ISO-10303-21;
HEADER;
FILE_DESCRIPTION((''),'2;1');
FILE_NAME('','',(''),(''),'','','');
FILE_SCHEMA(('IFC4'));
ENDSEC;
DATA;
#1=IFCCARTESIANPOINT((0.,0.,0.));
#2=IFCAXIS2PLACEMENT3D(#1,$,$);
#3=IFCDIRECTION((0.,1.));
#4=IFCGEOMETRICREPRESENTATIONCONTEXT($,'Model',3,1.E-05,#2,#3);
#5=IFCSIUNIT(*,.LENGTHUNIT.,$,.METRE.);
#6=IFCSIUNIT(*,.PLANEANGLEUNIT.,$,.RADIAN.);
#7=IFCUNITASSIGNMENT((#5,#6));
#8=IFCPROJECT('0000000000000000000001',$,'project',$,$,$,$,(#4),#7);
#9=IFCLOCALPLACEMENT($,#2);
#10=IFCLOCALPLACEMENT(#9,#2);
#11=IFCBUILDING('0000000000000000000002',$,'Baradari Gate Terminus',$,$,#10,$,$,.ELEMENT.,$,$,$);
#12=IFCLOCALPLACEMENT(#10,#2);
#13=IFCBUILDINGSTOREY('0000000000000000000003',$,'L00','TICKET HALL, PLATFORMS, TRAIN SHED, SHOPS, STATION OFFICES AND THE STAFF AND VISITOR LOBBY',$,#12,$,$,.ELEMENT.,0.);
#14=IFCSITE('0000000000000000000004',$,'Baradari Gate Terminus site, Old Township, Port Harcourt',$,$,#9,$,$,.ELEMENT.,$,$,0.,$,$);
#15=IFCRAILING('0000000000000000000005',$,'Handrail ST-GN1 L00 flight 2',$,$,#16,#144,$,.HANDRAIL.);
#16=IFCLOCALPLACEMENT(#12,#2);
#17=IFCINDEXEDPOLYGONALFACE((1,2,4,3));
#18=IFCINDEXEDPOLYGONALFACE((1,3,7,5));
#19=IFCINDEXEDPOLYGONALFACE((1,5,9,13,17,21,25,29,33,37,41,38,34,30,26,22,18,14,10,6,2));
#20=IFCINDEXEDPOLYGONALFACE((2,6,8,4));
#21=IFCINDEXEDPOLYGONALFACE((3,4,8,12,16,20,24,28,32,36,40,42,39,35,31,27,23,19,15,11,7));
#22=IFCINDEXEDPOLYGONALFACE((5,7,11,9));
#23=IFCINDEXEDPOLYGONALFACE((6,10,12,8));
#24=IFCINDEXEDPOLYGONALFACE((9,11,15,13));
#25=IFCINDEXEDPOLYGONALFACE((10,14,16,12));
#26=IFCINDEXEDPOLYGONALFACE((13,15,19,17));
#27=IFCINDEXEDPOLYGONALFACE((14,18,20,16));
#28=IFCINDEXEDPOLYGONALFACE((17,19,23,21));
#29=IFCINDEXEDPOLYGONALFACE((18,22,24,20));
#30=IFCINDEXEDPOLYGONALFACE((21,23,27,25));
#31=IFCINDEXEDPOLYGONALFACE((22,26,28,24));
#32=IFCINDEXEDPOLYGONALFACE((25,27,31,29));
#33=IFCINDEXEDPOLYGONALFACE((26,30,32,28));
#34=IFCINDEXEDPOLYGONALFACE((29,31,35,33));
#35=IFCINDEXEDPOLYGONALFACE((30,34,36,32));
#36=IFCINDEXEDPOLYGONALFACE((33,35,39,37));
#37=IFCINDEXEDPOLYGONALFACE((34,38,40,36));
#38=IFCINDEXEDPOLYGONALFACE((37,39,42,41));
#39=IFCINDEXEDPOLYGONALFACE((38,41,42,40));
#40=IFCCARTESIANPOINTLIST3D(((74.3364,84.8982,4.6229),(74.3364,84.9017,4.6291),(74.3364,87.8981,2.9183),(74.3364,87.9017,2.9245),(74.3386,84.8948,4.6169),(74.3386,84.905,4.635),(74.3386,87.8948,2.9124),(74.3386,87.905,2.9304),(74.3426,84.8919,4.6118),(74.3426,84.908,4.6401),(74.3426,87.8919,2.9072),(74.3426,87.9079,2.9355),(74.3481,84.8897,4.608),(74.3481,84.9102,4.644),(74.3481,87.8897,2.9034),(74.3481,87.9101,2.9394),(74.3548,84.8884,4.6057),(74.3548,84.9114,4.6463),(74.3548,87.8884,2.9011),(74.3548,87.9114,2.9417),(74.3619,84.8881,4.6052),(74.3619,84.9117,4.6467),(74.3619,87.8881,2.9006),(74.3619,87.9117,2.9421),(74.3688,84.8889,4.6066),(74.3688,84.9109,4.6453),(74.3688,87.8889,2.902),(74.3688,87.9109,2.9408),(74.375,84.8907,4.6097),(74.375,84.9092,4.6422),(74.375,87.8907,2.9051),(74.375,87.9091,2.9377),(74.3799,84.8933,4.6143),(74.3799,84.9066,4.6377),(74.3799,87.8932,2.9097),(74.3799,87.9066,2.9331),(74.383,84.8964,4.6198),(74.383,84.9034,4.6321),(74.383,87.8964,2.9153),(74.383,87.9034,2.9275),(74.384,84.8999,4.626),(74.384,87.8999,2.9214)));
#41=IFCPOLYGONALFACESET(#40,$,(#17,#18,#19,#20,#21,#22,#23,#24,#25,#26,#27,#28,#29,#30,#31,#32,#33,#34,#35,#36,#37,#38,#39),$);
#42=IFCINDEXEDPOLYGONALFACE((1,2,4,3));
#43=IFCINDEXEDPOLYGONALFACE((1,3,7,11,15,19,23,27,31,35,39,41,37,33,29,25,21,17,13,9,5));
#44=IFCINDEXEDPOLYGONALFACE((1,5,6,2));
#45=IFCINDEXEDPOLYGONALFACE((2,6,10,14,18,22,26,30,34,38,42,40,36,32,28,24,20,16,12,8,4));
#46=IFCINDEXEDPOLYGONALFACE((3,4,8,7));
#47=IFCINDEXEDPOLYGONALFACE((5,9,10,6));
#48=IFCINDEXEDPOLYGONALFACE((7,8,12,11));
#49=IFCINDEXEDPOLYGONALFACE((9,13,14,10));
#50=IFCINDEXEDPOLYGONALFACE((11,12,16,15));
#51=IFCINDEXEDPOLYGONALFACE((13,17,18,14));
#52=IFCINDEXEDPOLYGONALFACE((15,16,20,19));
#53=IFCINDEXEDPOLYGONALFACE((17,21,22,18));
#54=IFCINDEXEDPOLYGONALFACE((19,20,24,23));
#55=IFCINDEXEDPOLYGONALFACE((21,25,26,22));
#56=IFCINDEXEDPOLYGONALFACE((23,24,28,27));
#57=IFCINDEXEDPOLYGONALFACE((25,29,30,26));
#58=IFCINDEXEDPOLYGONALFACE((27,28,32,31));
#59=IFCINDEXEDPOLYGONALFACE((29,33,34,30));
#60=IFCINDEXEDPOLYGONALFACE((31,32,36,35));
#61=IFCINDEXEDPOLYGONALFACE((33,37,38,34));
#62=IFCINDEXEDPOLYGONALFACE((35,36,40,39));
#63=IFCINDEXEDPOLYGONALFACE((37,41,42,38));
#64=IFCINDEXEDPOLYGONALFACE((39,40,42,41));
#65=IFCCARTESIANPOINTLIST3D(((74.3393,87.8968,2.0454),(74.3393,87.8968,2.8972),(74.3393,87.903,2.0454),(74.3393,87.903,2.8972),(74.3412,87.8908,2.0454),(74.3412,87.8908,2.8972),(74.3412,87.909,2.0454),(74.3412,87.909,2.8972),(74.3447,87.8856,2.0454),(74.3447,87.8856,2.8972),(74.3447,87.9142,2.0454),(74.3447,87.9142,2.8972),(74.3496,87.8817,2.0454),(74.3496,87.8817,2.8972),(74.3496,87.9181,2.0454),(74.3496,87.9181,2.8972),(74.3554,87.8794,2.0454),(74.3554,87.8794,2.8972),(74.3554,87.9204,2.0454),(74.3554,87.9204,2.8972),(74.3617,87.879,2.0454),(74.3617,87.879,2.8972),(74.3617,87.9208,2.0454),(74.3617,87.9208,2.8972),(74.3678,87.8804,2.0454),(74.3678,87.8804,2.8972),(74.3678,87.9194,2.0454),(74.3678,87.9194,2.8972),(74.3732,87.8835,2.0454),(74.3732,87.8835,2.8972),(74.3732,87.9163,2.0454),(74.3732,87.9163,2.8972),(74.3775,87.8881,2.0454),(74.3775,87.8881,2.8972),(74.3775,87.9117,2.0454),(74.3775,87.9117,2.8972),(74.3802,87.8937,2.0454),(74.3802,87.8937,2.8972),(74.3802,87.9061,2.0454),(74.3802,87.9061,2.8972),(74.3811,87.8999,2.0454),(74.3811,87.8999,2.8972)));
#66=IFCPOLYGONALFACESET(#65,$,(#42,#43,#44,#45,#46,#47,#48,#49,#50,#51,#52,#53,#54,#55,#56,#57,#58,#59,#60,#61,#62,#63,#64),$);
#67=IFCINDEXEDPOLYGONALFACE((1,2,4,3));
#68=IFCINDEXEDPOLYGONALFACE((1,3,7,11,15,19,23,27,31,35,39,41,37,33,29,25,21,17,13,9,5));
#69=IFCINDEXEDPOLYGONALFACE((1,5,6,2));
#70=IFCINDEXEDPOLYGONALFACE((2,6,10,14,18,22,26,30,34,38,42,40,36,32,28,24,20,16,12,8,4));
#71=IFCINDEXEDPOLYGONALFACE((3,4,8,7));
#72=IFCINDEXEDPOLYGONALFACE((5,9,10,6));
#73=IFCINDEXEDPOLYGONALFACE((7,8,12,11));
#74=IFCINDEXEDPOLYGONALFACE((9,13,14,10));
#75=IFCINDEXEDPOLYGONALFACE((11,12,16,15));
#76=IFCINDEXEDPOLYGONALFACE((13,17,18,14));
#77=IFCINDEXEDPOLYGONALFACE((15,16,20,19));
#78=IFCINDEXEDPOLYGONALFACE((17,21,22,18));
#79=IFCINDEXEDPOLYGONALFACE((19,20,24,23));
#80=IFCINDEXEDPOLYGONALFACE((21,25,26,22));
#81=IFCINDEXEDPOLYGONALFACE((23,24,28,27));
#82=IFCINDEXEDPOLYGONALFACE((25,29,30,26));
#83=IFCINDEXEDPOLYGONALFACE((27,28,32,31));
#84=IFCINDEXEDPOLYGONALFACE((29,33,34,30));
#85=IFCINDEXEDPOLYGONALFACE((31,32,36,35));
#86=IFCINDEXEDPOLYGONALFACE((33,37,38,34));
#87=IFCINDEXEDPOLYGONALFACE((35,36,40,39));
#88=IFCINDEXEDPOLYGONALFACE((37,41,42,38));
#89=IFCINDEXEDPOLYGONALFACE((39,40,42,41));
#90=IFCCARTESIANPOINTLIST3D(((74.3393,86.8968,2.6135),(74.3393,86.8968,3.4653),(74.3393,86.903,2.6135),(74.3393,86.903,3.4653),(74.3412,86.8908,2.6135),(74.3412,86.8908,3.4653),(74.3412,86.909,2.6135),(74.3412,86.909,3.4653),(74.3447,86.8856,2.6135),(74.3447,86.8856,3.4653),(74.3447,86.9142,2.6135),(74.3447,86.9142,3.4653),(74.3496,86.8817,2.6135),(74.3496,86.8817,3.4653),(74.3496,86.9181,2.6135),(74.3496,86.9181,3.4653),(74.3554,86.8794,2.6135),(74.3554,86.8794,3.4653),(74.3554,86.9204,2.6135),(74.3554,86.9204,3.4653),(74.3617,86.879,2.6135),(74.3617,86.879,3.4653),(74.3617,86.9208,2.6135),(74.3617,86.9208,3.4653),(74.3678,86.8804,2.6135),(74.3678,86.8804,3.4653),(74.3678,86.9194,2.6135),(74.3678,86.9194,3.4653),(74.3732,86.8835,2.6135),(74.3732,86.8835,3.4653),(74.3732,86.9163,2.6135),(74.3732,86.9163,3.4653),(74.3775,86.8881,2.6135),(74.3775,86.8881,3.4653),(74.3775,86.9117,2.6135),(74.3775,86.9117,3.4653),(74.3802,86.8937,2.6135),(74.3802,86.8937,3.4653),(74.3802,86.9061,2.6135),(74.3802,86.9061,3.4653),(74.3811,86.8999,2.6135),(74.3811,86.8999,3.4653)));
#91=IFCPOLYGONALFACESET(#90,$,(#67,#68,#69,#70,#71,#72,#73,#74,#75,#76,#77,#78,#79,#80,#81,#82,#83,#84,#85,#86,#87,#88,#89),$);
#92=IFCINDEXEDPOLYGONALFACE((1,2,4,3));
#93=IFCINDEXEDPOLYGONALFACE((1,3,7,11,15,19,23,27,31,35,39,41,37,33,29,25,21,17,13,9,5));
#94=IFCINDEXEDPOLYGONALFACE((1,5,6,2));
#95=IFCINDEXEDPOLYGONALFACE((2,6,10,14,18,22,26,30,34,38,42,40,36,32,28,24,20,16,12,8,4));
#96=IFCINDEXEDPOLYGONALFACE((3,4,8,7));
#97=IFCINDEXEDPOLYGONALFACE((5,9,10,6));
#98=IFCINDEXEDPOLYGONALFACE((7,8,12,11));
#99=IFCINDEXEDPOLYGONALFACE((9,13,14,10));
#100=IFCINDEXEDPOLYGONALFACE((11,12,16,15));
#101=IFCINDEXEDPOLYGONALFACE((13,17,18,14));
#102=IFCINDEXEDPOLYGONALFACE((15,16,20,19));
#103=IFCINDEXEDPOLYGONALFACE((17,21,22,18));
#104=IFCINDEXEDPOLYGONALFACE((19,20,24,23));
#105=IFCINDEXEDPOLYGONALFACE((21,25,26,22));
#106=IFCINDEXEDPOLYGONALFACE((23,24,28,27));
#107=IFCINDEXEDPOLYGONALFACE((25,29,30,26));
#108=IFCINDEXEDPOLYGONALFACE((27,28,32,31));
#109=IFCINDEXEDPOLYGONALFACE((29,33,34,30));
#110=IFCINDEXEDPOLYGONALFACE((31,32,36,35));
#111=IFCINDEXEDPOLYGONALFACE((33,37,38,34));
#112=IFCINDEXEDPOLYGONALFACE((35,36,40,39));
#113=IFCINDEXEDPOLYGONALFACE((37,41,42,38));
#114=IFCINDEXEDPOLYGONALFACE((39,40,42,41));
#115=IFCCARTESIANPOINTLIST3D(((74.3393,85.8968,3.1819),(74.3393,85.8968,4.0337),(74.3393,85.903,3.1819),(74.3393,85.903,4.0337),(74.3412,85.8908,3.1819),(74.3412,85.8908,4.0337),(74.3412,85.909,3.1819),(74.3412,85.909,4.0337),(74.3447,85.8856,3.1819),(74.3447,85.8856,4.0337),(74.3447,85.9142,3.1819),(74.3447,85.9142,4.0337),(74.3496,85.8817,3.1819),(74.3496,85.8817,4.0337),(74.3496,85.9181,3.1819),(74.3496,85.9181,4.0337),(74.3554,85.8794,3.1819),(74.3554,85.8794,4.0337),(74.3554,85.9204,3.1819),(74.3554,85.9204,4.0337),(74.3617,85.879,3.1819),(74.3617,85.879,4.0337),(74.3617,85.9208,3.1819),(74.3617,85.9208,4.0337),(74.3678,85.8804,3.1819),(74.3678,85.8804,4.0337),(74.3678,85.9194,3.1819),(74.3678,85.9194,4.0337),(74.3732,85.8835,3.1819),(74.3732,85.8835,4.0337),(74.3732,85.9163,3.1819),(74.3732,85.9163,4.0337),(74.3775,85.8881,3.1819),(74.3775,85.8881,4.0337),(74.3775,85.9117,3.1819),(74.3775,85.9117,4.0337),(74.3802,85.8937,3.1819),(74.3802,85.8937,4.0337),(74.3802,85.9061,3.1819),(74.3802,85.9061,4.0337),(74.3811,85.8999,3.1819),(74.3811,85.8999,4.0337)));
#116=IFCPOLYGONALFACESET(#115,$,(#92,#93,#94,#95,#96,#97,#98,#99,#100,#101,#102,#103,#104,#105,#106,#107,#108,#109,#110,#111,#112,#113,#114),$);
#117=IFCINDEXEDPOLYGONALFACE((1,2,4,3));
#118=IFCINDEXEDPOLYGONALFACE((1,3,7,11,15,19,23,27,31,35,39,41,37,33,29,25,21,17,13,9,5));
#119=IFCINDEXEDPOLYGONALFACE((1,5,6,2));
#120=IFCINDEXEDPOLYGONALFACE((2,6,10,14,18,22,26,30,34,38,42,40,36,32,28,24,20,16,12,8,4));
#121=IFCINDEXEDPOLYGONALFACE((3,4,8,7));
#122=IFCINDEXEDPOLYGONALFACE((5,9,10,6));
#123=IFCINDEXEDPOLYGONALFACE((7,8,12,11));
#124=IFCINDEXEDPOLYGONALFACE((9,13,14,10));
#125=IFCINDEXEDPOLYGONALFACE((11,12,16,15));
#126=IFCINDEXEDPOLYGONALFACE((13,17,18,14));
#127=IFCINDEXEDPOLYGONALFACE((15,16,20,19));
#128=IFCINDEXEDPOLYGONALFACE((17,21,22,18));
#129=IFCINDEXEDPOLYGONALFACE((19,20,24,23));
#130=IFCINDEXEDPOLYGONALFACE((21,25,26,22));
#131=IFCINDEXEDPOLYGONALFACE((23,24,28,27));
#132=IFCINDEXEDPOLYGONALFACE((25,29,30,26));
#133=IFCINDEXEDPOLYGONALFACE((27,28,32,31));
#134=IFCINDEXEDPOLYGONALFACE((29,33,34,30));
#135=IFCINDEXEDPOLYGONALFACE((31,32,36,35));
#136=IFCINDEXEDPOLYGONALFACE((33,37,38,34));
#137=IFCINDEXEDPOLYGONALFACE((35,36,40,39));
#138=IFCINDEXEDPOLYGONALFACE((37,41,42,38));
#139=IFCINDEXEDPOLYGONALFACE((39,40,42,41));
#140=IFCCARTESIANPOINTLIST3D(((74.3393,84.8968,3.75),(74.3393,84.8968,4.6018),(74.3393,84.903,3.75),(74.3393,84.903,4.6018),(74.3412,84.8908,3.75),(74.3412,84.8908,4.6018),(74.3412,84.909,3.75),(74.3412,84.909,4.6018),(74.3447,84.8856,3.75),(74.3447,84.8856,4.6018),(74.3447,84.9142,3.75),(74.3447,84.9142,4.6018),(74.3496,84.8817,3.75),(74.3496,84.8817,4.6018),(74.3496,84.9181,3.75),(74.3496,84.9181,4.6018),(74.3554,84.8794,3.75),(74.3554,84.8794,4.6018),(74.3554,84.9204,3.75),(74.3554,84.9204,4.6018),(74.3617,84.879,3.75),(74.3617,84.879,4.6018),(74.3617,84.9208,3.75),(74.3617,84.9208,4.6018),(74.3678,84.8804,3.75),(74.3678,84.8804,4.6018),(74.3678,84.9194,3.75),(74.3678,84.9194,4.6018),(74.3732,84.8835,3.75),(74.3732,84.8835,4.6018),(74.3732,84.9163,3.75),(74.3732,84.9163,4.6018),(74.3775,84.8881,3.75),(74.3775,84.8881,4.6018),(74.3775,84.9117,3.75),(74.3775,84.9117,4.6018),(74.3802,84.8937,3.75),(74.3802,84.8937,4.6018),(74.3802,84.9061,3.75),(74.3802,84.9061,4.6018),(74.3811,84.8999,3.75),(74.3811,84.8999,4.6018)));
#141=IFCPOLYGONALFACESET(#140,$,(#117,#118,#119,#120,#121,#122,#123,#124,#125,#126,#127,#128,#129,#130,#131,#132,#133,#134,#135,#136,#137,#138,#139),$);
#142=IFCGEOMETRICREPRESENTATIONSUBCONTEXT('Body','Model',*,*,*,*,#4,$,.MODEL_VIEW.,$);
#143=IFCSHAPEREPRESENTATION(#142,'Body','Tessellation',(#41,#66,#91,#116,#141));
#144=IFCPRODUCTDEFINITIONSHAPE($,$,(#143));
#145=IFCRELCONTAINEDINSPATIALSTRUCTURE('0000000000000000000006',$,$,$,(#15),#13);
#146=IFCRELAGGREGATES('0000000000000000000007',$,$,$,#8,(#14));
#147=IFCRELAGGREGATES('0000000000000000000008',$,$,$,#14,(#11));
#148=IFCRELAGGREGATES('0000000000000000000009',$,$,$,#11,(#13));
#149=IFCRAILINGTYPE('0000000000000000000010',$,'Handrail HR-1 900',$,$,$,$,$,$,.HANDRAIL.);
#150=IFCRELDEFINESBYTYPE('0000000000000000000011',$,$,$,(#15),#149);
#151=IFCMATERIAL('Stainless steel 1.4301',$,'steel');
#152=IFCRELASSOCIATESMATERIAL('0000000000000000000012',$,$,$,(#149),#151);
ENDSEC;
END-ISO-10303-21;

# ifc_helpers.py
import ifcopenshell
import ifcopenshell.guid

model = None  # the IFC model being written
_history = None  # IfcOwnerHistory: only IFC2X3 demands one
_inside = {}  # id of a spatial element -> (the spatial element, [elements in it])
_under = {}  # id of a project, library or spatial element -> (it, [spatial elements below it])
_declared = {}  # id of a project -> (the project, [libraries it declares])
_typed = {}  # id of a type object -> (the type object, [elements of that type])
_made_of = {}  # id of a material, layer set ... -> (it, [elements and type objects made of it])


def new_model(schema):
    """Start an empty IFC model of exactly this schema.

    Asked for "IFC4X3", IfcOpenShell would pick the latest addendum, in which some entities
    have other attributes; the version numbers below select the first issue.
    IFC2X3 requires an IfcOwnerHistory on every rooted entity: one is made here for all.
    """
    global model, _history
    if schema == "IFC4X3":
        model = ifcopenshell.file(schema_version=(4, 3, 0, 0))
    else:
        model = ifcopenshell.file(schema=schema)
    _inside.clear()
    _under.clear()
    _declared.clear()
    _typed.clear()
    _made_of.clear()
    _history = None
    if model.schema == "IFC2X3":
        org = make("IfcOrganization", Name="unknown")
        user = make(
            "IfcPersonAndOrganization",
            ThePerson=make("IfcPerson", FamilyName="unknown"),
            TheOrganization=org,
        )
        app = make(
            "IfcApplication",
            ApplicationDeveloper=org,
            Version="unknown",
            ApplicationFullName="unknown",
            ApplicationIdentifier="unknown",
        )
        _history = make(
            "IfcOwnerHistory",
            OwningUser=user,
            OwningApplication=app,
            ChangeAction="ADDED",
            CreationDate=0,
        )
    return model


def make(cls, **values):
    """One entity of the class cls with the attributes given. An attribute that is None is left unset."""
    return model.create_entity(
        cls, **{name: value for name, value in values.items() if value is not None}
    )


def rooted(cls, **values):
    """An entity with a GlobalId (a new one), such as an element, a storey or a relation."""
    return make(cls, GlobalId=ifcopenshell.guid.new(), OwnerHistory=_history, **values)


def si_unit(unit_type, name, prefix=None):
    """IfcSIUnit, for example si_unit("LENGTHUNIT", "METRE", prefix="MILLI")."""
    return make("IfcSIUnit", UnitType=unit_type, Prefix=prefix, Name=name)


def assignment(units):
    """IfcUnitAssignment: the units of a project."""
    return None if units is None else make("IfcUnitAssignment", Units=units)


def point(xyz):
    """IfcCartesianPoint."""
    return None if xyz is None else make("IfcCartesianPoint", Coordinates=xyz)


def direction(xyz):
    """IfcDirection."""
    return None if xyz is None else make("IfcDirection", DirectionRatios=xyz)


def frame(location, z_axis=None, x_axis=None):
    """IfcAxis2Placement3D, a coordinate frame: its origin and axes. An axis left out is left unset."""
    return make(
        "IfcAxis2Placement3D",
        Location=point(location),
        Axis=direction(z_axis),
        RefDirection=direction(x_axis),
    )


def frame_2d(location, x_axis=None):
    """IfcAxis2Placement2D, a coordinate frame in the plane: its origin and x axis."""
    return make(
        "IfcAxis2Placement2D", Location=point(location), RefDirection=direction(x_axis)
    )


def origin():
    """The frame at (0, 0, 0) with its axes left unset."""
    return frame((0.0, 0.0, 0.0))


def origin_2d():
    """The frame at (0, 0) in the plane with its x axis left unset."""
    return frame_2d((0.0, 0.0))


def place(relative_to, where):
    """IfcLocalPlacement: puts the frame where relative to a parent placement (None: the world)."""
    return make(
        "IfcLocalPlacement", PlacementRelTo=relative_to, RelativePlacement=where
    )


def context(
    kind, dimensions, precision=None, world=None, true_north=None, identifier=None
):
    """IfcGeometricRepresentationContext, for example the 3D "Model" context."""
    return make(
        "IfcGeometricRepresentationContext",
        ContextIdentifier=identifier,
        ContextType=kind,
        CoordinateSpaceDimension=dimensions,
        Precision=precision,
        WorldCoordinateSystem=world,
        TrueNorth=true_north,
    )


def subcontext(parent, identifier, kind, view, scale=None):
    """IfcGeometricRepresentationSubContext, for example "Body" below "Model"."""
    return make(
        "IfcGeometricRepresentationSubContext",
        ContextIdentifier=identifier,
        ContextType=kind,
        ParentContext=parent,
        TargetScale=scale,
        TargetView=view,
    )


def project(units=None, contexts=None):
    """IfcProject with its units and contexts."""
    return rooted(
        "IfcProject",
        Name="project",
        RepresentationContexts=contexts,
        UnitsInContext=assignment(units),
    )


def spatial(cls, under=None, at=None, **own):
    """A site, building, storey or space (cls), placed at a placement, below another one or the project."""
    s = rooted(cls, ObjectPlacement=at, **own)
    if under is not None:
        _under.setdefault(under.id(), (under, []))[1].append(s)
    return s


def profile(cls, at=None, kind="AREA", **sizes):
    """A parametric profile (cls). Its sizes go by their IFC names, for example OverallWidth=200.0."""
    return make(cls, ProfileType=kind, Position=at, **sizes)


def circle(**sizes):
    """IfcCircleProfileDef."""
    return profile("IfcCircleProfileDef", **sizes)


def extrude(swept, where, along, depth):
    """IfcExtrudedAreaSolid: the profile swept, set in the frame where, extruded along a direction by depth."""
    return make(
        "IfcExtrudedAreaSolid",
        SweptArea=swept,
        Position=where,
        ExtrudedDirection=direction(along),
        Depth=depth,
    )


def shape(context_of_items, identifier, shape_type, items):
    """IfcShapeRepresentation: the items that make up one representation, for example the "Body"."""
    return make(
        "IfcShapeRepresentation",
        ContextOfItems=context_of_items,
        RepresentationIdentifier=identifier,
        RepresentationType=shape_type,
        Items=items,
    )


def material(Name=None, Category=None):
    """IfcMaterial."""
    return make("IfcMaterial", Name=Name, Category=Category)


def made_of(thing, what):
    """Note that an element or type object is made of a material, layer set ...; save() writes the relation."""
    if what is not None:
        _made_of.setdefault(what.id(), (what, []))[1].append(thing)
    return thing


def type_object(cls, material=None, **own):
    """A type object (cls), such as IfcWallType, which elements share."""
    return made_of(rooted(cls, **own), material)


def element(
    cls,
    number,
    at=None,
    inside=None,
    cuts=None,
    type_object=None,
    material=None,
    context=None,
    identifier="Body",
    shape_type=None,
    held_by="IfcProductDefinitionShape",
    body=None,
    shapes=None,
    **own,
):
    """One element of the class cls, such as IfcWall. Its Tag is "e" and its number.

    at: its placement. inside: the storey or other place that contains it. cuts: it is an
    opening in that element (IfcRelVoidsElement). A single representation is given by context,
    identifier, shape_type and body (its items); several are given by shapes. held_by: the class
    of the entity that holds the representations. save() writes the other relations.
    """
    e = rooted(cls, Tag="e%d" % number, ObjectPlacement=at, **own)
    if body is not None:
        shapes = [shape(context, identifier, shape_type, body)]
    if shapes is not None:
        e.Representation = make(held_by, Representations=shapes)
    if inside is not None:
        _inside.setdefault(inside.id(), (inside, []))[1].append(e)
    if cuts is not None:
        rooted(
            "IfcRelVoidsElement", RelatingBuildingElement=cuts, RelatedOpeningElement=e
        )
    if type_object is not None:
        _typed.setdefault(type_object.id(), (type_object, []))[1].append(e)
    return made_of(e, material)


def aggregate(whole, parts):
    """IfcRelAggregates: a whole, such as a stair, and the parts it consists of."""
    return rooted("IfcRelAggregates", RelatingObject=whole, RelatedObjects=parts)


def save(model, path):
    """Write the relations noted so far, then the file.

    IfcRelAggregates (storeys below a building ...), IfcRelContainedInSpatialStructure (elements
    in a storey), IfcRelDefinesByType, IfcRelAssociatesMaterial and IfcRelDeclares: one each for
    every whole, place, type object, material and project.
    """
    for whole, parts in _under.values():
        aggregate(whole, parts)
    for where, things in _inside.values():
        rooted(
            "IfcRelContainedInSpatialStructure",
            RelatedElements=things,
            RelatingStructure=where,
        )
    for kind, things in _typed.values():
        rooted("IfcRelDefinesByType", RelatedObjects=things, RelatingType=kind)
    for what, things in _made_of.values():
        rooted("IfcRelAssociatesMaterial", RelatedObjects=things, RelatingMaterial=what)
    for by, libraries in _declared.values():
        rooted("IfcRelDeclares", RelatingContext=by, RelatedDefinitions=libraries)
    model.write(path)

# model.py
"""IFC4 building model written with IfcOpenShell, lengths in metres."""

from ifc_helpers import new_model, si_unit, direction, frame, origin, origin_2d, place, context, subcontext, project, spatial, circle, extrude, material, type_object, element, save


model = new_model("IFC4")

# Units and contexts
model_context = context("Model", 3, precision=1e-05, world=origin(), true_north=direction((0.0, 1.0)))
body_context = subcontext(model_context, "Body", "Model", "MODEL_VIEW")
ifc_project = project(units=[si_unit("LENGTHUNIT", "METRE"), si_unit("PLANEANGLEUNIT", "RADIAN")], contexts=[model_context])

# Site, building, storey
site_placement = place(None, origin())
site = spatial("IfcSite", under=ifc_project, at=site_placement, Name="Baradari Gate Terminus site, Old Township, Port Harcourt", CompositionType="ELEMENT", RefElevation=0.0)
building_placement = place(site_placement, origin())
building = spatial("IfcBuilding", under=site, at=building_placement, Name="Baradari Gate Terminus", CompositionType="ELEMENT")
storey_placement = place(building_placement, origin())
storey = spatial("IfcBuildingStorey", under=building, at=storey_placement, Name="L00", Description="TICKET HALL, PLATFORMS, TRAIN SHED, SHOPS, STATION OFFICES AND THE STAFF AND VISITOR LOBBY", CompositionType="ELEMENT", Elevation=0.0)

# Railing
ifc_material_1 = material(Name="Stainless steel 1.4301", Category="steel")
railing_type_1 = type_object("IfcRailingType", Name="Handrail HR-1 900", PredefinedType="HANDRAIL", material=ifc_material_1)
for number, where, name in (
    (1, (74.3601, 87.8999, 2.0454), "Handrail ST-GN1 L00 flight 2"),
):
    element("IfcRailing", number, at=place(storey_placement, frame(where)), inside=storey, type_object=railing_type_1, Name=name, PredefinedType="HANDRAIL", context=body_context, shape_type="SweptSolid", body=[
        extrude(circle(Radius=0.0239, at=origin_2d()), frame((0.0, 0.0, 0.876), z_axis=(0.0, -0.869451, 0.494019), x_axis=(1.0, 0.0, 0.0)), (0.0, 0.0, 1.0), 3.4504),
        extrude(circle(Radius=0.021, at=origin_2d()), origin(), (0.0, 0.0, 1.0), 0.8518),
        extrude(circle(Radius=0.021, at=origin_2d()), frame((0.0, -1.0, 0.5681)), (0.0, 0.0, 1.0), 0.8518),
        extrude(circle(Radius=0.021, at=origin_2d()), frame((0.0, -2.0, 1.1365)), (0.0, 0.0, 1.0), 0.8518),
        extrude(circle(Radius=0.021, at=origin_2d()), frame((0.0, -3.0, 1.7046)), (0.0, 0.0, 1.0), 0.8518),
    ])

save(model, "model.ifc")
